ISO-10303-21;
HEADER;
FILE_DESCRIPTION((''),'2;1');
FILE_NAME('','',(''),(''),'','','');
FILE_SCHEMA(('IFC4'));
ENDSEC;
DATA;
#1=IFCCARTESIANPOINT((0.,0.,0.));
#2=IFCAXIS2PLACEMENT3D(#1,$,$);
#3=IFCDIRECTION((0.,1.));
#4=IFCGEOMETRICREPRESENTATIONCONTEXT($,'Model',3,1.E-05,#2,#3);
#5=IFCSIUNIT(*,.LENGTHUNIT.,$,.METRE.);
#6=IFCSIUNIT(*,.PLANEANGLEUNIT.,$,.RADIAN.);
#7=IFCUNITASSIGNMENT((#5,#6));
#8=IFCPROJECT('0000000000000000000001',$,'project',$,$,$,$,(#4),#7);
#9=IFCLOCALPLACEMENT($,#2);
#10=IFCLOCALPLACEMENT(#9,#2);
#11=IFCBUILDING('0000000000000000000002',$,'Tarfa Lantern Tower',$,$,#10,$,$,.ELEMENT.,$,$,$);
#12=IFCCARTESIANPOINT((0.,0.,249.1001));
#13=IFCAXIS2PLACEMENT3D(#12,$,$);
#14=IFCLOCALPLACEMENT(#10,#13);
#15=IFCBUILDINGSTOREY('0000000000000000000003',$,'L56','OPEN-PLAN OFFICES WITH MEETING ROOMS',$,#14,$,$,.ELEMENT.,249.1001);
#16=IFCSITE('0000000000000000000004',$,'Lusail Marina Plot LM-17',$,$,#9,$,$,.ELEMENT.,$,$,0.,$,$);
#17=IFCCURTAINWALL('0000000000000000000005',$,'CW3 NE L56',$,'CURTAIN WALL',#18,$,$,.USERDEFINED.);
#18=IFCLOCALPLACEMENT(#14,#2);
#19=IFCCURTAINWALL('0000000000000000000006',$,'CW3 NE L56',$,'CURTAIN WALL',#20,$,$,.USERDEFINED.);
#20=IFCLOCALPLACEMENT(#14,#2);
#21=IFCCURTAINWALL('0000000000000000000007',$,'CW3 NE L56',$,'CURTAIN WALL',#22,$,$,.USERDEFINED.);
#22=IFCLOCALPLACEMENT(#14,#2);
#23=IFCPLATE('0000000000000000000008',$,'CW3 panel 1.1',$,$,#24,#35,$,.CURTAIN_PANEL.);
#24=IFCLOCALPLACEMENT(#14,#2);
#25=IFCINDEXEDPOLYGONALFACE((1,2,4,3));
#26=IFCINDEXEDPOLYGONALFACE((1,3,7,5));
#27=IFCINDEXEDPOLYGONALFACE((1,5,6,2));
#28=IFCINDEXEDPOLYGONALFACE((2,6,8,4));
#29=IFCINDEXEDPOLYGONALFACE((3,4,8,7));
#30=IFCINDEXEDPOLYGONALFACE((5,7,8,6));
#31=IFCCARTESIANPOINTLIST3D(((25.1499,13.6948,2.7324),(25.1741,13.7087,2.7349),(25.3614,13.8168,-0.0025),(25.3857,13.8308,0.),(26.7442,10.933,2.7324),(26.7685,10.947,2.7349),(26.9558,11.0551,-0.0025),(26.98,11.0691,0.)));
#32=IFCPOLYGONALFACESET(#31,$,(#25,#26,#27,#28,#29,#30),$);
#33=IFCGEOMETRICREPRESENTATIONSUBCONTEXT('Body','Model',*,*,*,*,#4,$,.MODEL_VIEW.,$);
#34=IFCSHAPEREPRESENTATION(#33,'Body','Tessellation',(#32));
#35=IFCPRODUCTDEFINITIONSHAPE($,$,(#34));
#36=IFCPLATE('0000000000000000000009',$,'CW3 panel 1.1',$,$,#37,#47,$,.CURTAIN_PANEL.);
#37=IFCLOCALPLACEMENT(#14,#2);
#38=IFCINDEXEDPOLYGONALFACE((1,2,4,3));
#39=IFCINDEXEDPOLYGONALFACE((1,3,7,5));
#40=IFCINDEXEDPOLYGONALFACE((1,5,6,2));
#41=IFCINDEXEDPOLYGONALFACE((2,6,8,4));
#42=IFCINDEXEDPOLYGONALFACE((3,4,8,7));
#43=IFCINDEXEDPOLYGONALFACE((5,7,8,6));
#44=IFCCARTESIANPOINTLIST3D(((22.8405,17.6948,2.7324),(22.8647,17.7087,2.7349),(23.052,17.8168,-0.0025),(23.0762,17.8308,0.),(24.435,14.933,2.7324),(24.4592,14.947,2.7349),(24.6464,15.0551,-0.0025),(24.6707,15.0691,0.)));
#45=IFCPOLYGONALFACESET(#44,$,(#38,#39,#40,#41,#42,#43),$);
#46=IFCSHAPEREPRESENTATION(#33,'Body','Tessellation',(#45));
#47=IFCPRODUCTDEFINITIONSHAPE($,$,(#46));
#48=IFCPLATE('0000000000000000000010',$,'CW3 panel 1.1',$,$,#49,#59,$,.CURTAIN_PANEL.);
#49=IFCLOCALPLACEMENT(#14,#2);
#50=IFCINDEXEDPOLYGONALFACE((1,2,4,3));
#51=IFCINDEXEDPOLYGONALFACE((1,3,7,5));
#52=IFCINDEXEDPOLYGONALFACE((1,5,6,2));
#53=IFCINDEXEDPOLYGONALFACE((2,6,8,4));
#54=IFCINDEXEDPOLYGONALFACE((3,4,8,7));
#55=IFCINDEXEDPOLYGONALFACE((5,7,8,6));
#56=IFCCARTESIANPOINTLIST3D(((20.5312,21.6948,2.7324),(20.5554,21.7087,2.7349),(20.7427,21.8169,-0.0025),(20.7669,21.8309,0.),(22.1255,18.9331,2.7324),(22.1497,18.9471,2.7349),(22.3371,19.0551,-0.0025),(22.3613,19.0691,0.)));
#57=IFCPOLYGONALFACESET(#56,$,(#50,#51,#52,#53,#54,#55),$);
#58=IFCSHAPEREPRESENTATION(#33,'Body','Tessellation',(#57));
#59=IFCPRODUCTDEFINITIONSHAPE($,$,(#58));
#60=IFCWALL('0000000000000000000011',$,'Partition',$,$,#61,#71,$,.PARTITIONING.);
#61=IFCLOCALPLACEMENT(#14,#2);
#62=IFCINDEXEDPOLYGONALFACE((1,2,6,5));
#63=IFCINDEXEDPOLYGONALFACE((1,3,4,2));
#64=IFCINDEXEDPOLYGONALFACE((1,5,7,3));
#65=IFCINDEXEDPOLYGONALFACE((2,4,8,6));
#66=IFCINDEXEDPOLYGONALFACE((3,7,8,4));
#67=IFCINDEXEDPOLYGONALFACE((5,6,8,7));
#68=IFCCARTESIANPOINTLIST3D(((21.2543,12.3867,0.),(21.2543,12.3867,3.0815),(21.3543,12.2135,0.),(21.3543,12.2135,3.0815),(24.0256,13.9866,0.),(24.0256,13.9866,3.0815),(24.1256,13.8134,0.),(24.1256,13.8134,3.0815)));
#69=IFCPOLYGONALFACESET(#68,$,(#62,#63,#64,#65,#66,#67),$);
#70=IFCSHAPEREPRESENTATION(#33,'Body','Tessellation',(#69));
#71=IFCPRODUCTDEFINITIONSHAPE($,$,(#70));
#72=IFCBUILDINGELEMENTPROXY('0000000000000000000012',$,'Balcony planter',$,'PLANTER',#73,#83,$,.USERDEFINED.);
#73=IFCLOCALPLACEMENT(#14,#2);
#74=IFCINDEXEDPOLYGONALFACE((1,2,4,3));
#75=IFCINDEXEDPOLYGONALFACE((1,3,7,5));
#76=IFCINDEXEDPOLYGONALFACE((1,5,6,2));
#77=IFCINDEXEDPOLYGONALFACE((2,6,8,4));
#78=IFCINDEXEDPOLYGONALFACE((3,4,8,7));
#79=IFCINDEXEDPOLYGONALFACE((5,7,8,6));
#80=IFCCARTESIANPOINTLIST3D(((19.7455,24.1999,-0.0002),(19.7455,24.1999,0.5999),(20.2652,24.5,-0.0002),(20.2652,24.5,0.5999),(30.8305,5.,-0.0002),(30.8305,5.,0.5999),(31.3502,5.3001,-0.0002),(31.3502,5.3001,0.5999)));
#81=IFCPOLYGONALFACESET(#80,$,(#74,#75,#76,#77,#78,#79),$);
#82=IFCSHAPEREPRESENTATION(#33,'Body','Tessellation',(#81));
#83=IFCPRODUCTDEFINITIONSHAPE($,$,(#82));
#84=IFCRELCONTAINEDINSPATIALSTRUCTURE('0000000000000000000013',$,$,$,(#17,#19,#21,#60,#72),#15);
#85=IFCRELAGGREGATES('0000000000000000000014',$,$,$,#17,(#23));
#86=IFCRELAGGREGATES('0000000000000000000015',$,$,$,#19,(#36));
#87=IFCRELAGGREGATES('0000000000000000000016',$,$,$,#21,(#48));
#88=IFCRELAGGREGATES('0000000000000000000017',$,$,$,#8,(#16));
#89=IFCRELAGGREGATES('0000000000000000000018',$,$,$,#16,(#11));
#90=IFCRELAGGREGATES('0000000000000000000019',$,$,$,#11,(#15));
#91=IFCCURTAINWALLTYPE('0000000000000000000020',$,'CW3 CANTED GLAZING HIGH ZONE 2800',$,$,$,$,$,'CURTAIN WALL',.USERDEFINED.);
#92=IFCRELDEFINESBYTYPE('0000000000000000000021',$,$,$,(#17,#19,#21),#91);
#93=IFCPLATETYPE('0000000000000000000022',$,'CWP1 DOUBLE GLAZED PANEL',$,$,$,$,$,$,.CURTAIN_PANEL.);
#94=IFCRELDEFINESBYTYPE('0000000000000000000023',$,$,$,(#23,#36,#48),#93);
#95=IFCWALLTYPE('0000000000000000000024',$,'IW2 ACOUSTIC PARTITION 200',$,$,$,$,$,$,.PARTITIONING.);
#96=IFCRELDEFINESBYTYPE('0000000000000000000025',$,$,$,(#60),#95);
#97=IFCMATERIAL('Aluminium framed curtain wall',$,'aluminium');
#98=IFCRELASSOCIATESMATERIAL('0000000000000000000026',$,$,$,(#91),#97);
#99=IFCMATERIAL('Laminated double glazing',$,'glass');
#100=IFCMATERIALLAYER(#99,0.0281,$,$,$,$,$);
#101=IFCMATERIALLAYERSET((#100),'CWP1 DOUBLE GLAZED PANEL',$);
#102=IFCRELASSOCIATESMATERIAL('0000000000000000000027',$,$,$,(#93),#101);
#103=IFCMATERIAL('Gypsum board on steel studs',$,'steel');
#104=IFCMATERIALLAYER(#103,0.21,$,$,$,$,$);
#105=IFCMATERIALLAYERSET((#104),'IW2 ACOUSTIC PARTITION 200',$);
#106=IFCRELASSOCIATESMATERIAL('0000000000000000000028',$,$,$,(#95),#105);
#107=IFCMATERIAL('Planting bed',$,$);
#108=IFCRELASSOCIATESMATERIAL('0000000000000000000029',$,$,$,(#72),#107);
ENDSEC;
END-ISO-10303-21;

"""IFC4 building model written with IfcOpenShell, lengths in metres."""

from ifc_helpers import new_model, si_unit, direction, frame, frame_2d, origin, origin_2d, place, context, subcontext, project, spatial, polyline, rectangle, outline, extrude, material, layer, layer_set, type_object, element, aggregate, save


model = new_model("IFC4")

# Units and contexts
model_context = context("Model", 3, precision=1e-05, world=origin(), true_north=direction((0.0, 1.0)))
body_context = subcontext(model_context, "Body", "Model", "MODEL_VIEW")
ifc_project = project(units=[si_unit("LENGTHUNIT", "METRE"), si_unit("PLANEANGLEUNIT", "RADIAN")], contexts=[model_context])

# Site, building, storey
site_placement = place(None, origin())
site = spatial("IfcSite", under=ifc_project, at=site_placement, Name="Lusail Marina Plot LM-17", CompositionType="ELEMENT", RefElevation=0.0)
building_placement = place(site_placement, origin())
building = spatial("IfcBuilding", under=site, at=building_placement, Name="Tarfa Lantern Tower", CompositionType="ELEMENT")
storey_placement = place(building_placement, frame((0.0, 0.0, 249.1001)))
storey = spatial("IfcBuildingStorey", under=building, at=storey_placement, Name="L56", Description="OPEN-PLAN OFFICES WITH MEETING ROOMS", CompositionType="ELEMENT", Elevation=249.1001)

# Curtain walls
ifc_material_1 = material(Name="Aluminium framed curtain wall", Category="aluminium")
curtain_wall_type = type_object("IfcCurtainWallType", Name="CW3 CANTED GLAZING HIGH ZONE 2800", ElementType="CURTAIN WALL", PredefinedType="USERDEFINED", material=ifc_material_1)
curtain_wall_1_placement = place(storey_placement, origin())
curtain_wall_1 = element("IfcCurtainWall", 1, at=curtain_wall_1_placement, inside=storey, type_object=curtain_wall_type, Name="CW3 NE L56", ObjectType="CURTAIN WALL", PredefinedType="USERDEFINED")
curtain_wall_2_placement = place(storey_placement, origin())
curtain_wall_2 = element("IfcCurtainWall", 2, at=curtain_wall_2_placement, inside=storey, type_object=curtain_wall_type, Name="CW3 NE L56", ObjectType="CURTAIN WALL", PredefinedType="USERDEFINED")

# Curtain wall
curtain_wall_3_placement = place(storey_placement, origin())
curtain_wall_3 = element("IfcCurtainWall", 3, at=curtain_wall_3_placement, inside=storey, type_object=curtain_wall_type, Name="CW3 NE L56", ObjectType="CURTAIN WALL", PredefinedType="USERDEFINED")

# Plates
ifc_material_2 = material(Name="Laminated double glazing", Category="glass")
ifc_layer_1 = layer(ifc_material_2, 0.0281)
ifc_layer_set_1 = layer_set([ifc_layer_1], Name="CWP1 DOUBLE GLAZED PANEL")
plate_type = type_object("IfcPlateType", Name="CWP1 DOUBLE GLAZED PANEL", PredefinedType="CURTAIN_PANEL", material=ifc_layer_set_1)
plate_1_placement = place(storey_placement, frame((26.98, 11.0691, 0.0), z_axis=(0.862608, 0.49799, 0.088952), x_axis=(-0.499972, 0.866042, -0.000003)))
plate_1 = element("IfcPlate", 4, at=plate_1_placement, type_object=plate_type, Name="CW3 panel 1.1", PredefinedType="CURTAIN_PANEL", context=body_context, shape_type="SweptSolid", body=[
    extrude(outline(polyline([(0.0, 0.0), (3.1888, 0.0), (3.1889, 2.7458), (0.0, 2.7457), (0.0, 0.0)])), origin(), (0.0, 0.0, -1.0), 0.0281),
])
aggregate(curtain_wall_1, [plate_1])
plate_2_placement = place(storey_placement, frame((24.6707, 15.0691, 0.0), z_axis=(0.862595, 0.49802, 0.088914), x_axis=(-0.500001, 0.866025, 0.0)))
plate_2 = element("IfcPlate", 5, at=plate_2_placement, type_object=plate_type, Name="CW3 panel 1.1", PredefinedType="CURTAIN_PANEL", context=body_context, shape_type="SweptSolid", body=[
    extrude(outline(polyline([(0.0, 0.0), (3.189, 0.0), (3.189, 2.7457), (0.0, 2.7457), (0.0, 0.0)])), origin(), (0.0, 0.0, -1.0), 0.0281),
])
aggregate(curtain_wall_2, [plate_2])
plate_3_placement = place(storey_placement, frame((22.3613, 19.0691, 0.0), z_axis=(0.862608, 0.49799, 0.088952), x_axis=(-0.499972, 0.866041, 0.000003)))
plate_3 = element("IfcPlate", 6, at=plate_3_placement, type_object=plate_type, Name="CW3 panel 1.1", PredefinedType="CURTAIN_PANEL", context=body_context, shape_type="SweptSolid", body=[
    extrude(outline(polyline([(0.0, 0.0), (3.189, 0.0), (3.189, 2.7457), (0.0001, 2.7458), (0.0, 0.0)])), origin(), (0.0, 0.0, -1.0), 0.0281),
])
aggregate(curtain_wall_3, [plate_3])

# Wall
ifc_material_3 = material(Name="Gypsum board on steel studs", Category="steel")
ifc_layer_2 = layer(ifc_material_3, 0.21)
ifc_layer_set_2 = layer_set([ifc_layer_2], Name="IW2 ACOUSTIC PARTITION 200")
wall_type = type_object("IfcWallType", Name="IW2 ACOUSTIC PARTITION 200", PredefinedType="PARTITIONING", material=ifc_layer_set_2)
wall_placement = place(storey_placement, frame((21.3042, 12.3, 0.0), z_axis=(0.0, 0.0, 1.0), x_axis=(0.866042, 0.499971, 0.0)))
element("IfcWall", 7, at=wall_placement, inside=storey, type_object=wall_type, Name="Partition", PredefinedType="PARTITIONING", context=body_context, shape_type="SweptSolid", body=[
    extrude(rectangle(XDim=3.2, YDim=0.2, at=frame_2d((1.6001, 0.0))), origin(), (0.0, 0.0, 1.0), 3.0815),
])

# Building element proxy
ifc_material_4 = material(Name="Planting bed")
proxy_placement = place(storey_placement, frame((25.5479, 14.75, -0.0002), z_axis=(0.0, 0.0, 1.0), x_axis=(-0.5, 0.866025, 0.0)))
element("IfcBuildingElementProxy", 8, at=proxy_placement, inside=storey, material=ifc_material_4, Name="Balcony planter", ObjectType="PLANTER", PredefinedType="USERDEFINED", context=body_context, shape_type="SweptSolid", body=[
    extrude(rectangle(XDim=22.1702, YDim=0.6001, at=origin_2d()), origin(), (0.0, 0.0, 1.0), 0.6001),
])

save(model, "model.ifc")
